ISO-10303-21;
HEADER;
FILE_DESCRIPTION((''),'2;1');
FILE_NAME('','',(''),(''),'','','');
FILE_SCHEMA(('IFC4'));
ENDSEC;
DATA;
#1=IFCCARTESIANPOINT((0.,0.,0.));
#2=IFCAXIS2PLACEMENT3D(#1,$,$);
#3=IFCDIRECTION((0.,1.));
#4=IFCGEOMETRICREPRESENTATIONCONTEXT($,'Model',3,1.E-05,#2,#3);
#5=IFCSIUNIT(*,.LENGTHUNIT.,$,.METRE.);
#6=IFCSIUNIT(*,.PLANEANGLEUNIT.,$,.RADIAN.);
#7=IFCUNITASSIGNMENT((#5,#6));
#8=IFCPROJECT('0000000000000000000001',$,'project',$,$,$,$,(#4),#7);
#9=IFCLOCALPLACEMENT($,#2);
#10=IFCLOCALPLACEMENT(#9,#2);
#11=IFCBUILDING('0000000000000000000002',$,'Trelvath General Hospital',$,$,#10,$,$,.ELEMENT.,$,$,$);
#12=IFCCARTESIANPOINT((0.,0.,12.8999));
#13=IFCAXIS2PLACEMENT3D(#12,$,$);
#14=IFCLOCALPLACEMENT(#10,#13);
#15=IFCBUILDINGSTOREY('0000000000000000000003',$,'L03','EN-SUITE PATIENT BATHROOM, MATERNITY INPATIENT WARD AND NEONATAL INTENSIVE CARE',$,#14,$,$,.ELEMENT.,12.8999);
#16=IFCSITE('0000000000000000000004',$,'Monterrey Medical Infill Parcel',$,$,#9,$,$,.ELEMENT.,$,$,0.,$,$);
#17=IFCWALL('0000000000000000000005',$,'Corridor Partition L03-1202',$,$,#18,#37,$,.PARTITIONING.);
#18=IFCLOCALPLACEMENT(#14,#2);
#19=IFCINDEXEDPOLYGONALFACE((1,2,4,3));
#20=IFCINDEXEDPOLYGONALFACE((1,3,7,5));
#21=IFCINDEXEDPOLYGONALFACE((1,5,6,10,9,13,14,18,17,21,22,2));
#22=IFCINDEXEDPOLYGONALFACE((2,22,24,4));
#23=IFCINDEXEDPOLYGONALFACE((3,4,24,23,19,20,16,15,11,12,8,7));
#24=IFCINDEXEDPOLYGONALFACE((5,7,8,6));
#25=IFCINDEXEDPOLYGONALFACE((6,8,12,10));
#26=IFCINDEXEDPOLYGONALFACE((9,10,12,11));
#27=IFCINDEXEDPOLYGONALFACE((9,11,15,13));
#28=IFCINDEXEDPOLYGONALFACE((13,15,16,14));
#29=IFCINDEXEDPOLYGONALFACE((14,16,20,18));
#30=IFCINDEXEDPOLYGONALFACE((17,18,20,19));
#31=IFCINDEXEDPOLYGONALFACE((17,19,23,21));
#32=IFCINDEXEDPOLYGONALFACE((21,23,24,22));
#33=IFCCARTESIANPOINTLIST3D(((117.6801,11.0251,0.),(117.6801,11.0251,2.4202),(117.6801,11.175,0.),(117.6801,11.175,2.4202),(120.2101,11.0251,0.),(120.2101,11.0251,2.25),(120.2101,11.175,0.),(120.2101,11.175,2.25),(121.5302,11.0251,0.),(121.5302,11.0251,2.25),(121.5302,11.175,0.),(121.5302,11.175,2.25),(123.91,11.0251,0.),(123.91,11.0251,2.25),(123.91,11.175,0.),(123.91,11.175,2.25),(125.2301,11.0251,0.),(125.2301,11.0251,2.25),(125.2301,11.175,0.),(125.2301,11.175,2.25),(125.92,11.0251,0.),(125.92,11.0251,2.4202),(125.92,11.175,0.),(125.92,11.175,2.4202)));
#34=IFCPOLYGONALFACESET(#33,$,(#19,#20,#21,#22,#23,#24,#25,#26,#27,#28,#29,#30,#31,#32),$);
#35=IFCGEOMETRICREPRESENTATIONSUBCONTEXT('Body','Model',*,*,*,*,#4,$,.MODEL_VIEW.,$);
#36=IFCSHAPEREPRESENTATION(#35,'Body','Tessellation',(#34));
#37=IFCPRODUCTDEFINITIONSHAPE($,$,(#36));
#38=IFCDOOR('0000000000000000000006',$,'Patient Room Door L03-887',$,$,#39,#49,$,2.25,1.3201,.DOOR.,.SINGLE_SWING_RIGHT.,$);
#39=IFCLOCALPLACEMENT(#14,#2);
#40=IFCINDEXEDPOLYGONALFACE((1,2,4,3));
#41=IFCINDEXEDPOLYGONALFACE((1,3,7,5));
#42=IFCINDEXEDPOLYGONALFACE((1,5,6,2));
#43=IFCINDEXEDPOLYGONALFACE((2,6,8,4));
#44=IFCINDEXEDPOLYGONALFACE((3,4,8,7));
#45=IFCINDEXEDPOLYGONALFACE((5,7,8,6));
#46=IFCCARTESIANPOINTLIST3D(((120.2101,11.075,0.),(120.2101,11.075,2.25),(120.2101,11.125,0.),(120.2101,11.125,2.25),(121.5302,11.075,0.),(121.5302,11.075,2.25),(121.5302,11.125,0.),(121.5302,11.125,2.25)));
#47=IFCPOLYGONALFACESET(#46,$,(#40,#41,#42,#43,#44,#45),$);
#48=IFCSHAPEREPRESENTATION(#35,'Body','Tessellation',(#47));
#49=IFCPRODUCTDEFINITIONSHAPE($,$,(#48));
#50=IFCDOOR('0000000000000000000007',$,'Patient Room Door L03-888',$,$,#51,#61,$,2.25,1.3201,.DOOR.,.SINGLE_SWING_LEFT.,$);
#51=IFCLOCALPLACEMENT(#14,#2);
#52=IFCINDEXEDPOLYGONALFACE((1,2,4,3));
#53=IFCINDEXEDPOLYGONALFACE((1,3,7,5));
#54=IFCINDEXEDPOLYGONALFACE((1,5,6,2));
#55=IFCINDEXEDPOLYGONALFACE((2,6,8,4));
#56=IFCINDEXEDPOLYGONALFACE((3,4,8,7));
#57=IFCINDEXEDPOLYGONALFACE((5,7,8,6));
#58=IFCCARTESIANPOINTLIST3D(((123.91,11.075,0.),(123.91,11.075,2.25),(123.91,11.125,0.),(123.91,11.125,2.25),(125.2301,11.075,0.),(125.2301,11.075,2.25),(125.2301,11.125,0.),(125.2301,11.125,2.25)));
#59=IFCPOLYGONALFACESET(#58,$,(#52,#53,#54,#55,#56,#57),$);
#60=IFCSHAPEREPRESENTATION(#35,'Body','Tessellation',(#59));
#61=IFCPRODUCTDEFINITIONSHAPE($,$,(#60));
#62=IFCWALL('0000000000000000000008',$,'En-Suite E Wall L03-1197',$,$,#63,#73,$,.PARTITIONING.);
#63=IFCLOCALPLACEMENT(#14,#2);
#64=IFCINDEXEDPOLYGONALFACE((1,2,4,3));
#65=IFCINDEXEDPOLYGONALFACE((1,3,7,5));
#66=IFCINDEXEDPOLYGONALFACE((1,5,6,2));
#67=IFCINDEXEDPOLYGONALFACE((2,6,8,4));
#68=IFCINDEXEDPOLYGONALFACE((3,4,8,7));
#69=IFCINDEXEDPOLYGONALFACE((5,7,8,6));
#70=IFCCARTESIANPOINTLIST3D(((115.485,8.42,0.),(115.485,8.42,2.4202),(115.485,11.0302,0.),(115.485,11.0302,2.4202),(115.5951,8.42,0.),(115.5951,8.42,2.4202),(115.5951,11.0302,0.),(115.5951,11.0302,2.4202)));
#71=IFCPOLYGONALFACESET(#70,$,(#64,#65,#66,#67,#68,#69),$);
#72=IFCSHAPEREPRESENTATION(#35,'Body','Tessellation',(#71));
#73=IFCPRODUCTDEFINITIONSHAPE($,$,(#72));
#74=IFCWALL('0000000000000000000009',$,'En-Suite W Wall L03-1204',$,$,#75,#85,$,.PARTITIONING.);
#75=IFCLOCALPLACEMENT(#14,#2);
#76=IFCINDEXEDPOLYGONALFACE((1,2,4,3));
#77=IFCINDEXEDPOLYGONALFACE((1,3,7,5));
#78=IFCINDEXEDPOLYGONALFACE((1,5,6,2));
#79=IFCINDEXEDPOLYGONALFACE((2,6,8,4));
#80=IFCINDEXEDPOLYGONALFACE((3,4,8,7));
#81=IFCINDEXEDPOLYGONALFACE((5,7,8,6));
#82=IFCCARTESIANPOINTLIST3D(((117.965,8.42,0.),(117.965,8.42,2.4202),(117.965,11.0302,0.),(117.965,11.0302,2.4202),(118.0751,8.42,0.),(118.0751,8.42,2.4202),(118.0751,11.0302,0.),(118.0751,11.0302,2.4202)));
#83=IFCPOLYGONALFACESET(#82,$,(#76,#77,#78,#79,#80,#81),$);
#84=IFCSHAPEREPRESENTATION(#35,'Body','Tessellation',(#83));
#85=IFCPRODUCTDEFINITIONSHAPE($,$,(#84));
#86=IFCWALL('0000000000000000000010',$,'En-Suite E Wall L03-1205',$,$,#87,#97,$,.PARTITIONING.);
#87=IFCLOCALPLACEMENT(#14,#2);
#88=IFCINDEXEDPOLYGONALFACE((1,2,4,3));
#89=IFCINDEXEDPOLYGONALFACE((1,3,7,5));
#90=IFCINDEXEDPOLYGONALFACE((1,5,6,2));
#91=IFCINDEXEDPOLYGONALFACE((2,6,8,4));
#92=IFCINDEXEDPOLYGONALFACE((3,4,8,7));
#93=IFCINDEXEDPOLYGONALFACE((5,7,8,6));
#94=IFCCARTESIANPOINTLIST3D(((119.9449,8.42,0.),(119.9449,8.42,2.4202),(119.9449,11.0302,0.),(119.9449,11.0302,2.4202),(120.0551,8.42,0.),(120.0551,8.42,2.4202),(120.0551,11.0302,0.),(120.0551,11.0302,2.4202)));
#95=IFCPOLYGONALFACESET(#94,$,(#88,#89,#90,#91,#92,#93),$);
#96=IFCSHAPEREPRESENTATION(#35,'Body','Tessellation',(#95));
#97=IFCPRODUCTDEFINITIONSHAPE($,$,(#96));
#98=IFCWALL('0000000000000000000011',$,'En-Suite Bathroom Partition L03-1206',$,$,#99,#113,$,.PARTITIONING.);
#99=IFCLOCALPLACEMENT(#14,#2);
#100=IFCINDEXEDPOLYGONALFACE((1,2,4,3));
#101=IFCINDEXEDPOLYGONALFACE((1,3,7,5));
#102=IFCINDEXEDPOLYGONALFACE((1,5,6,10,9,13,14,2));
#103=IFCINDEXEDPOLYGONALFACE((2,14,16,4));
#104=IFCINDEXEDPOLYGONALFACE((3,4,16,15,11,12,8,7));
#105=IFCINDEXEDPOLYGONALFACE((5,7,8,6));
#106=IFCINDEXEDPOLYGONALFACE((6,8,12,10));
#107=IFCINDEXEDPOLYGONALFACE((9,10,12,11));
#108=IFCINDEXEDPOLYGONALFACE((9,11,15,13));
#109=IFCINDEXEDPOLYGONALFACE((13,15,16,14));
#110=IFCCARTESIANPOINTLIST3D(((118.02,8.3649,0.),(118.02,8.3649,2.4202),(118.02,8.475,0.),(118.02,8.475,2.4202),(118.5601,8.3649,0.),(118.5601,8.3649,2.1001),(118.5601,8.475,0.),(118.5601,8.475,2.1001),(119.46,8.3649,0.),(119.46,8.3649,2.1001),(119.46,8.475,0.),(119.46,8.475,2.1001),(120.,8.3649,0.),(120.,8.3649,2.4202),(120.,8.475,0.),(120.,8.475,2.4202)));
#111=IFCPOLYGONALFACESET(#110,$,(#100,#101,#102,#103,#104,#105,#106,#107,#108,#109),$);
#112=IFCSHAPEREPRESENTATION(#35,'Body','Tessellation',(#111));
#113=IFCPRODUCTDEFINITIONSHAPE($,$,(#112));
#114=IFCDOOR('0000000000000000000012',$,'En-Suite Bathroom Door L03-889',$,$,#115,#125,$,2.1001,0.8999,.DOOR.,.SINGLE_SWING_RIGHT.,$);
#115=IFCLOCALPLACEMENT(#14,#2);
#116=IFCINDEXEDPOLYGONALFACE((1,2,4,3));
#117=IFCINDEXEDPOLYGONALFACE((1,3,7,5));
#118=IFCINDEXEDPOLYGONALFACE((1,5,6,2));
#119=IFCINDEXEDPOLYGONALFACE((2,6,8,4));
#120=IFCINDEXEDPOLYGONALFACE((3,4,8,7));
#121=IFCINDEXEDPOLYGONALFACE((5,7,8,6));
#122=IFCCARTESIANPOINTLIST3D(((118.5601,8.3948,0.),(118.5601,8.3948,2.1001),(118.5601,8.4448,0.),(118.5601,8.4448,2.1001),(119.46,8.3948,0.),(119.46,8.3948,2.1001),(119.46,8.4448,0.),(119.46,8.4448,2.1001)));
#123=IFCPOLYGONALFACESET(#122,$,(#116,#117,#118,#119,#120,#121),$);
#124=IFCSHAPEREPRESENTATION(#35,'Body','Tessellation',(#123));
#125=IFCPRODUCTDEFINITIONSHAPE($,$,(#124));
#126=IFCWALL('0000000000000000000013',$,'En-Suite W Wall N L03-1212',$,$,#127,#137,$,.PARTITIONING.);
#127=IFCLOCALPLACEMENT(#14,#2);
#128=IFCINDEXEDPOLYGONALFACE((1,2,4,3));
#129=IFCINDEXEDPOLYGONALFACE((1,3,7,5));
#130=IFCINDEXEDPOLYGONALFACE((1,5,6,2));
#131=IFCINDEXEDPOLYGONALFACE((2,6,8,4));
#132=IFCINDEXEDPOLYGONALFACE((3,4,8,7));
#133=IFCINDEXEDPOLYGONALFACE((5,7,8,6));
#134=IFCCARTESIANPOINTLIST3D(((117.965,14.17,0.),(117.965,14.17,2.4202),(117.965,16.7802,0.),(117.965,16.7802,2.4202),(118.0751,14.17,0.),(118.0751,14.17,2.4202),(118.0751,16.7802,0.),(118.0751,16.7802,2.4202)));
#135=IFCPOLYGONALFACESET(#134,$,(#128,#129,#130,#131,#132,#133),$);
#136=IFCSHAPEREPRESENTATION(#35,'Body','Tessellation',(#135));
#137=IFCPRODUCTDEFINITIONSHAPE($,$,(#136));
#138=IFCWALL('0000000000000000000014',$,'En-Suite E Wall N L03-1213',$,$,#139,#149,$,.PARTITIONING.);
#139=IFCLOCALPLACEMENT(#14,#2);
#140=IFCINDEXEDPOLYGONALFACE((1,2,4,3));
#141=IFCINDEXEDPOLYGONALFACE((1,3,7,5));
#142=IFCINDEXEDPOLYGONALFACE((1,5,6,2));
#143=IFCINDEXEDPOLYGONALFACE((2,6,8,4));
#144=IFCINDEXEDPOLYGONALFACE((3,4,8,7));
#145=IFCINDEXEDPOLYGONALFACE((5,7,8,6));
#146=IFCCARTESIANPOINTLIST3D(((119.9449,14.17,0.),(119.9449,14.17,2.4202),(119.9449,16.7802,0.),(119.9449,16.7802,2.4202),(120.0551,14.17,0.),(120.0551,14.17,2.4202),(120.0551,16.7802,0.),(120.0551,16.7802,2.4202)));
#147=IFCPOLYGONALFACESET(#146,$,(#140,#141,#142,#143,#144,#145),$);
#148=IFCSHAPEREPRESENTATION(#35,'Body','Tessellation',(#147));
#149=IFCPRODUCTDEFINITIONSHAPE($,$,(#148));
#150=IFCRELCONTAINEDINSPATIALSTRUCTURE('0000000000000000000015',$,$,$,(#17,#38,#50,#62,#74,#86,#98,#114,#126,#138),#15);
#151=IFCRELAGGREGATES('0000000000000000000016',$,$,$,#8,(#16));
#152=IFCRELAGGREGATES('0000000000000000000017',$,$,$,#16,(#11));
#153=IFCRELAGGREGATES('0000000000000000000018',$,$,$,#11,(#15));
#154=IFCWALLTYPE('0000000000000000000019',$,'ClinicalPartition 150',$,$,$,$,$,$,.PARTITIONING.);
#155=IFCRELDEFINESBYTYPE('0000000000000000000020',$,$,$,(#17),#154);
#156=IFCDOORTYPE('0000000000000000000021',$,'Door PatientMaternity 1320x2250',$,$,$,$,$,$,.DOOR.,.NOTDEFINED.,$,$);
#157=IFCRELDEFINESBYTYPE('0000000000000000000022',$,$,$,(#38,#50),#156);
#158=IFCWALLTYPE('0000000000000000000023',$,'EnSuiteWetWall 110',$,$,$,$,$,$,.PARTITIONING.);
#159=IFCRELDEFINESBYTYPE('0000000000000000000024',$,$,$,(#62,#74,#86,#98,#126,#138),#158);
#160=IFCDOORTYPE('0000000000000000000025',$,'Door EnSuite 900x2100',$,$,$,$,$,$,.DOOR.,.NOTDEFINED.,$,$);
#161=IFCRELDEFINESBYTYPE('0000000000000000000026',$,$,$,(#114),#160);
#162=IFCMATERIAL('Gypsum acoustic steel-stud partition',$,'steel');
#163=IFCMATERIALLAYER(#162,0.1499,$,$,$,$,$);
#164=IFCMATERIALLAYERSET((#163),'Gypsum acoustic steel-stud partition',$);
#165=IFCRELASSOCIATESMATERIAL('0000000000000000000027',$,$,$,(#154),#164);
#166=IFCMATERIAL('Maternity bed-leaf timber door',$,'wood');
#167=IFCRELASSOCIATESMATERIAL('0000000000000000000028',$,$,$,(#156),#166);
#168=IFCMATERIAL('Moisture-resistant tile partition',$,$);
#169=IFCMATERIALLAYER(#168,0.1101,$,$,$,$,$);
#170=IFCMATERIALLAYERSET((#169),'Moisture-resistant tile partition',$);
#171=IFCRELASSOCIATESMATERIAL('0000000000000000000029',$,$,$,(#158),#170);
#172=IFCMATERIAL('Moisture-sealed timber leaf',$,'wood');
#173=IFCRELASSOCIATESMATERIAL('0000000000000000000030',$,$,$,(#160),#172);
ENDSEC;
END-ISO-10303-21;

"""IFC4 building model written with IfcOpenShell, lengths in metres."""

from ifc_helpers import new_model, si_unit, direction, frame, frame_2d, origin, place, context, subcontext, project, spatial, rectangle, extrude, material, layer, layer_set, type_object, element, fill, save


model = new_model("IFC4")

# Units and contexts
model_context = context("Model", 3, precision=1e-05, world=origin(), true_north=direction((0.0, 1.0)))
body_context = subcontext(model_context, "Body", "Model", "MODEL_VIEW")
ifc_project = project(units=[si_unit("LENGTHUNIT", "METRE"), si_unit("PLANEANGLEUNIT", "RADIAN")], contexts=[model_context])

# Site, building, storey
site_placement = place(None, origin())
site = spatial("IfcSite", under=ifc_project, at=site_placement, Name="Monterrey Medical Infill Parcel", CompositionType="ELEMENT", RefElevation=0.0)
building_placement = place(site_placement, origin())
building = spatial("IfcBuilding", under=site, at=building_placement, Name="Trelvath General Hospital", CompositionType="ELEMENT")
storey_placement = place(building_placement, frame((0.0, 0.0, 12.8999)))
storey = spatial("IfcBuildingStorey", under=building, at=storey_placement, Name="L03", Description="EN-SUITE PATIENT BATHROOM, MATERNITY INPATIENT WARD AND NEONATAL INTENSIVE CARE", CompositionType="ELEMENT", Elevation=12.8999)

# Shared definitions
ifc_material_1 = material(Name="Gypsum acoustic steel-stud partition", Category="steel")
ifc_layer_1 = layer(ifc_material_1, 0.1499)
ifc_layer_set_1 = layer_set([ifc_layer_1], Name="Gypsum acoustic steel-stud partition")
wall_type_1 = type_object("IfcWallType", Name="ClinicalPartition 150", PredefinedType="PARTITIONING", material=ifc_layer_set_1)

# Wall, openings, doors
wall_1_placement = place(storey_placement, frame((117.6799, 11.1001, 0.0), z_axis=(0.0, 0.0, 1.0), x_axis=(1.0, 0.0, 0.0)))
wall_1 = element("IfcWall", 1, at=wall_1_placement, inside=storey, type_object=wall_type_1, Name="Corridor Partition L03-1202", PredefinedType="PARTITIONING", context=body_context, shape_type="SweptSolid", body=[
    extrude(rectangle(XDim=8.24, YDim=0.1499, at=frame_2d((4.1201, 0.0))), origin(), (0.0, 0.0, 1.0), 2.4202),
])
opening_1_placement = place(wall_1_placement, frame((2.53, 0.0, 0.0)))
opening_1 = element("IfcOpeningElement", 2, at=opening_1_placement, cuts=wall_1, PredefinedType="OPENING", context=body_context, shape_type="SweptSolid", body=[
    extrude(rectangle(XDim=1.3201, YDim=2.25, at=frame_2d((0.6602, 1.125))), frame((0.0, 0.085, 0.0), z_axis=(0.0, -1.0, 0.0), x_axis=(1.0, 0.0, 0.0)), (0.0, 0.0, 1.0), 0.1699),
])
opening_2_placement = place(wall_1_placement, frame((6.23, 0.0, 0.0)))
opening_2 = element("IfcOpeningElement", 3, at=opening_2_placement, cuts=wall_1, PredefinedType="OPENING", context=body_context, shape_type="SweptSolid", body=[
    extrude(rectangle(XDim=1.3201, YDim=2.25, at=frame_2d((0.6602, 1.125))), frame((0.0, 0.085, 0.0), z_axis=(0.0, -1.0, 0.0), x_axis=(1.0, 0.0, 0.0)), (0.0, 0.0, 1.0), 0.1699),
])
ifc_material_2 = material(Name="Maternity bed-leaf timber door", Category="wood")
door_type_1 = type_object("IfcDoorType", Name="Door PatientMaternity 1320x2250", OperationType="NOTDEFINED", PredefinedType="DOOR", material=ifc_material_2)
door_1_placement = place(opening_1_placement, origin())
door_1 = element("IfcDoor", 4, at=door_1_placement, inside=storey, type_object=door_type_1, Name="Patient Room Door L03-887", OperationType="SINGLE_SWING_RIGHT", OverallHeight=2.25, OverallWidth=1.3201, PredefinedType="DOOR", context=body_context, shape_type="SweptSolid", body=[
    extrude(rectangle(XDim=1.3201, YDim=2.25, at=frame_2d((0.6602, 1.125))), frame((0.0, 0.0249, 0.0), z_axis=(0.0, -1.0, 0.0), x_axis=(1.0, 0.0, 0.0)), (0.0, 0.0, 1.0), 0.05),
])
fill(opening_1, door_1)
door_2_placement = place(opening_2_placement, origin())
door_2 = element("IfcDoor", 5, at=door_2_placement, inside=storey, type_object=door_type_1, Name="Patient Room Door L03-888", OperationType="SINGLE_SWING_LEFT", OverallHeight=2.25, OverallWidth=1.3201, PredefinedType="DOOR", context=body_context, shape_type="SweptSolid", body=[
    extrude(rectangle(XDim=1.3201, YDim=2.25, at=frame_2d((0.6602, 1.125))), frame((0.0, 0.0249, 0.0), z_axis=(0.0, -1.0, 0.0), x_axis=(1.0, 0.0, 0.0)), (0.0, 0.0, 1.0), 0.05),
])
fill(opening_2, door_2)

# Walls
ifc_material_3 = material(Name="Moisture-resistant tile partition")
ifc_layer_2 = layer(ifc_material_3, 0.1101)
ifc_layer_set_2 = layer_set([ifc_layer_2], Name="Moisture-resistant tile partition")
wall_type_2 = type_object("IfcWallType", Name="EnSuiteWetWall 110", PredefinedType="PARTITIONING", material=ifc_layer_set_2)
for number, where, z_axis, x_axis, name in (
    (6, (115.54, 8.4199, 0.0), (0.0, 0.0, 1.0), (0.0, 1.0, 0.0), "En-Suite E Wall L03-1197"),
    (7, (118.02, 8.4199, 0.0), (0.0, 0.0, 1.0), (0.0, 1.0, 0.0), "En-Suite W Wall L03-1204"),
    (8, (120.0, 8.4199, 0.0), (0.0, 0.0, 1.0), (0.0, 1.0, 0.0), "En-Suite E Wall L03-1205"),
):
    element("IfcWall", number, at=place(storey_placement, frame(where, z_axis=z_axis, x_axis=x_axis)), inside=storey, type_object=wall_type_2, Name=name, PredefinedType="PARTITIONING", context=body_context, shape_type="SweptSolid", body=[
        extrude(rectangle(XDim=2.6101, YDim=0.1101, at=frame_2d((1.3052, 0.0))), origin(), (0.0, 0.0, 1.0), 2.4202),
    ])

# Wall, opening, door
wall_2_placement = place(storey_placement, frame((118.02, 8.4199, 0.0), z_axis=(0.0, 0.0, 1.0), x_axis=(1.0, 0.0, 0.0)))
wall_2 = element("IfcWall", 9, at=wall_2_placement, inside=storey, type_object=wall_type_2, Name="En-Suite Bathroom Partition L03-1206", PredefinedType="PARTITIONING", context=body_context, shape_type="SweptSolid", body=[
    extrude(rectangle(XDim=1.98, YDim=0.1101, at=frame_2d((0.99, 0.0))), origin(), (0.0, 0.0, 1.0), 2.4202),
])
opening_3_placement = place(wall_2_placement, frame((0.54, 0.0, 0.0)))
opening_3 = element("IfcOpeningElement", 10, at=opening_3_placement, cuts=wall_2, PredefinedType="OPENING", context=body_context, shape_type="SweptSolid", body=[
    extrude(rectangle(XDim=0.8999, YDim=2.1001, at=frame_2d((0.45, 1.05))), frame((0.0, 0.0649, 0.0), z_axis=(0.0, -1.0, 0.0), x_axis=(1.0, 0.0, 0.0)), (0.0, 0.0, 1.0), 0.1301),
])
ifc_material_4 = material(Name="Moisture-sealed timber leaf", Category="wood")
door_type_2 = type_object("IfcDoorType", Name="Door EnSuite 900x2100", OperationType="NOTDEFINED", PredefinedType="DOOR", material=ifc_material_4)
door_3_placement = place(opening_3_placement, origin())
door_3 = element("IfcDoor", 11, at=door_3_placement, inside=storey, type_object=door_type_2, Name="En-Suite Bathroom Door L03-889", OperationType="SINGLE_SWING_RIGHT", OverallHeight=2.1001, OverallWidth=0.8999, PredefinedType="DOOR", context=body_context, shape_type="SweptSolid", body=[
    extrude(rectangle(XDim=0.8999, YDim=2.1001, at=frame_2d((0.45, 1.05))), frame((0.0, 0.0249, 0.0), z_axis=(0.0, -1.0, 0.0), x_axis=(1.0, 0.0, 0.0)), (0.0, 0.0, 1.0), 0.05),
])
fill(opening_3, door_3)

# Walls
for number, where, z_axis, x_axis, name in (
    (12, (118.02, 14.1699, 0.0), (0.0, 0.0, 1.0), (0.0, 1.0, 0.0), "En-Suite W Wall N L03-1212"),
    (13, (120.0, 14.1699, 0.0), (0.0, 0.0, 1.0), (0.0, 1.0, 0.0), "En-Suite E Wall N L03-1213"),
):
    element("IfcWall", number, at=place(storey_placement, frame(where, z_axis=z_axis, x_axis=x_axis)), inside=storey, type_object=wall_type_2, Name=name, PredefinedType="PARTITIONING", context=body_context, shape_type="SweptSolid", body=[
        extrude(rectangle(XDim=2.6101, YDim=0.1101, at=frame_2d((1.3052, 0.0))), origin(), (0.0, 0.0, 1.0), 2.4202),
    ])

save(model, "model.ifc")
